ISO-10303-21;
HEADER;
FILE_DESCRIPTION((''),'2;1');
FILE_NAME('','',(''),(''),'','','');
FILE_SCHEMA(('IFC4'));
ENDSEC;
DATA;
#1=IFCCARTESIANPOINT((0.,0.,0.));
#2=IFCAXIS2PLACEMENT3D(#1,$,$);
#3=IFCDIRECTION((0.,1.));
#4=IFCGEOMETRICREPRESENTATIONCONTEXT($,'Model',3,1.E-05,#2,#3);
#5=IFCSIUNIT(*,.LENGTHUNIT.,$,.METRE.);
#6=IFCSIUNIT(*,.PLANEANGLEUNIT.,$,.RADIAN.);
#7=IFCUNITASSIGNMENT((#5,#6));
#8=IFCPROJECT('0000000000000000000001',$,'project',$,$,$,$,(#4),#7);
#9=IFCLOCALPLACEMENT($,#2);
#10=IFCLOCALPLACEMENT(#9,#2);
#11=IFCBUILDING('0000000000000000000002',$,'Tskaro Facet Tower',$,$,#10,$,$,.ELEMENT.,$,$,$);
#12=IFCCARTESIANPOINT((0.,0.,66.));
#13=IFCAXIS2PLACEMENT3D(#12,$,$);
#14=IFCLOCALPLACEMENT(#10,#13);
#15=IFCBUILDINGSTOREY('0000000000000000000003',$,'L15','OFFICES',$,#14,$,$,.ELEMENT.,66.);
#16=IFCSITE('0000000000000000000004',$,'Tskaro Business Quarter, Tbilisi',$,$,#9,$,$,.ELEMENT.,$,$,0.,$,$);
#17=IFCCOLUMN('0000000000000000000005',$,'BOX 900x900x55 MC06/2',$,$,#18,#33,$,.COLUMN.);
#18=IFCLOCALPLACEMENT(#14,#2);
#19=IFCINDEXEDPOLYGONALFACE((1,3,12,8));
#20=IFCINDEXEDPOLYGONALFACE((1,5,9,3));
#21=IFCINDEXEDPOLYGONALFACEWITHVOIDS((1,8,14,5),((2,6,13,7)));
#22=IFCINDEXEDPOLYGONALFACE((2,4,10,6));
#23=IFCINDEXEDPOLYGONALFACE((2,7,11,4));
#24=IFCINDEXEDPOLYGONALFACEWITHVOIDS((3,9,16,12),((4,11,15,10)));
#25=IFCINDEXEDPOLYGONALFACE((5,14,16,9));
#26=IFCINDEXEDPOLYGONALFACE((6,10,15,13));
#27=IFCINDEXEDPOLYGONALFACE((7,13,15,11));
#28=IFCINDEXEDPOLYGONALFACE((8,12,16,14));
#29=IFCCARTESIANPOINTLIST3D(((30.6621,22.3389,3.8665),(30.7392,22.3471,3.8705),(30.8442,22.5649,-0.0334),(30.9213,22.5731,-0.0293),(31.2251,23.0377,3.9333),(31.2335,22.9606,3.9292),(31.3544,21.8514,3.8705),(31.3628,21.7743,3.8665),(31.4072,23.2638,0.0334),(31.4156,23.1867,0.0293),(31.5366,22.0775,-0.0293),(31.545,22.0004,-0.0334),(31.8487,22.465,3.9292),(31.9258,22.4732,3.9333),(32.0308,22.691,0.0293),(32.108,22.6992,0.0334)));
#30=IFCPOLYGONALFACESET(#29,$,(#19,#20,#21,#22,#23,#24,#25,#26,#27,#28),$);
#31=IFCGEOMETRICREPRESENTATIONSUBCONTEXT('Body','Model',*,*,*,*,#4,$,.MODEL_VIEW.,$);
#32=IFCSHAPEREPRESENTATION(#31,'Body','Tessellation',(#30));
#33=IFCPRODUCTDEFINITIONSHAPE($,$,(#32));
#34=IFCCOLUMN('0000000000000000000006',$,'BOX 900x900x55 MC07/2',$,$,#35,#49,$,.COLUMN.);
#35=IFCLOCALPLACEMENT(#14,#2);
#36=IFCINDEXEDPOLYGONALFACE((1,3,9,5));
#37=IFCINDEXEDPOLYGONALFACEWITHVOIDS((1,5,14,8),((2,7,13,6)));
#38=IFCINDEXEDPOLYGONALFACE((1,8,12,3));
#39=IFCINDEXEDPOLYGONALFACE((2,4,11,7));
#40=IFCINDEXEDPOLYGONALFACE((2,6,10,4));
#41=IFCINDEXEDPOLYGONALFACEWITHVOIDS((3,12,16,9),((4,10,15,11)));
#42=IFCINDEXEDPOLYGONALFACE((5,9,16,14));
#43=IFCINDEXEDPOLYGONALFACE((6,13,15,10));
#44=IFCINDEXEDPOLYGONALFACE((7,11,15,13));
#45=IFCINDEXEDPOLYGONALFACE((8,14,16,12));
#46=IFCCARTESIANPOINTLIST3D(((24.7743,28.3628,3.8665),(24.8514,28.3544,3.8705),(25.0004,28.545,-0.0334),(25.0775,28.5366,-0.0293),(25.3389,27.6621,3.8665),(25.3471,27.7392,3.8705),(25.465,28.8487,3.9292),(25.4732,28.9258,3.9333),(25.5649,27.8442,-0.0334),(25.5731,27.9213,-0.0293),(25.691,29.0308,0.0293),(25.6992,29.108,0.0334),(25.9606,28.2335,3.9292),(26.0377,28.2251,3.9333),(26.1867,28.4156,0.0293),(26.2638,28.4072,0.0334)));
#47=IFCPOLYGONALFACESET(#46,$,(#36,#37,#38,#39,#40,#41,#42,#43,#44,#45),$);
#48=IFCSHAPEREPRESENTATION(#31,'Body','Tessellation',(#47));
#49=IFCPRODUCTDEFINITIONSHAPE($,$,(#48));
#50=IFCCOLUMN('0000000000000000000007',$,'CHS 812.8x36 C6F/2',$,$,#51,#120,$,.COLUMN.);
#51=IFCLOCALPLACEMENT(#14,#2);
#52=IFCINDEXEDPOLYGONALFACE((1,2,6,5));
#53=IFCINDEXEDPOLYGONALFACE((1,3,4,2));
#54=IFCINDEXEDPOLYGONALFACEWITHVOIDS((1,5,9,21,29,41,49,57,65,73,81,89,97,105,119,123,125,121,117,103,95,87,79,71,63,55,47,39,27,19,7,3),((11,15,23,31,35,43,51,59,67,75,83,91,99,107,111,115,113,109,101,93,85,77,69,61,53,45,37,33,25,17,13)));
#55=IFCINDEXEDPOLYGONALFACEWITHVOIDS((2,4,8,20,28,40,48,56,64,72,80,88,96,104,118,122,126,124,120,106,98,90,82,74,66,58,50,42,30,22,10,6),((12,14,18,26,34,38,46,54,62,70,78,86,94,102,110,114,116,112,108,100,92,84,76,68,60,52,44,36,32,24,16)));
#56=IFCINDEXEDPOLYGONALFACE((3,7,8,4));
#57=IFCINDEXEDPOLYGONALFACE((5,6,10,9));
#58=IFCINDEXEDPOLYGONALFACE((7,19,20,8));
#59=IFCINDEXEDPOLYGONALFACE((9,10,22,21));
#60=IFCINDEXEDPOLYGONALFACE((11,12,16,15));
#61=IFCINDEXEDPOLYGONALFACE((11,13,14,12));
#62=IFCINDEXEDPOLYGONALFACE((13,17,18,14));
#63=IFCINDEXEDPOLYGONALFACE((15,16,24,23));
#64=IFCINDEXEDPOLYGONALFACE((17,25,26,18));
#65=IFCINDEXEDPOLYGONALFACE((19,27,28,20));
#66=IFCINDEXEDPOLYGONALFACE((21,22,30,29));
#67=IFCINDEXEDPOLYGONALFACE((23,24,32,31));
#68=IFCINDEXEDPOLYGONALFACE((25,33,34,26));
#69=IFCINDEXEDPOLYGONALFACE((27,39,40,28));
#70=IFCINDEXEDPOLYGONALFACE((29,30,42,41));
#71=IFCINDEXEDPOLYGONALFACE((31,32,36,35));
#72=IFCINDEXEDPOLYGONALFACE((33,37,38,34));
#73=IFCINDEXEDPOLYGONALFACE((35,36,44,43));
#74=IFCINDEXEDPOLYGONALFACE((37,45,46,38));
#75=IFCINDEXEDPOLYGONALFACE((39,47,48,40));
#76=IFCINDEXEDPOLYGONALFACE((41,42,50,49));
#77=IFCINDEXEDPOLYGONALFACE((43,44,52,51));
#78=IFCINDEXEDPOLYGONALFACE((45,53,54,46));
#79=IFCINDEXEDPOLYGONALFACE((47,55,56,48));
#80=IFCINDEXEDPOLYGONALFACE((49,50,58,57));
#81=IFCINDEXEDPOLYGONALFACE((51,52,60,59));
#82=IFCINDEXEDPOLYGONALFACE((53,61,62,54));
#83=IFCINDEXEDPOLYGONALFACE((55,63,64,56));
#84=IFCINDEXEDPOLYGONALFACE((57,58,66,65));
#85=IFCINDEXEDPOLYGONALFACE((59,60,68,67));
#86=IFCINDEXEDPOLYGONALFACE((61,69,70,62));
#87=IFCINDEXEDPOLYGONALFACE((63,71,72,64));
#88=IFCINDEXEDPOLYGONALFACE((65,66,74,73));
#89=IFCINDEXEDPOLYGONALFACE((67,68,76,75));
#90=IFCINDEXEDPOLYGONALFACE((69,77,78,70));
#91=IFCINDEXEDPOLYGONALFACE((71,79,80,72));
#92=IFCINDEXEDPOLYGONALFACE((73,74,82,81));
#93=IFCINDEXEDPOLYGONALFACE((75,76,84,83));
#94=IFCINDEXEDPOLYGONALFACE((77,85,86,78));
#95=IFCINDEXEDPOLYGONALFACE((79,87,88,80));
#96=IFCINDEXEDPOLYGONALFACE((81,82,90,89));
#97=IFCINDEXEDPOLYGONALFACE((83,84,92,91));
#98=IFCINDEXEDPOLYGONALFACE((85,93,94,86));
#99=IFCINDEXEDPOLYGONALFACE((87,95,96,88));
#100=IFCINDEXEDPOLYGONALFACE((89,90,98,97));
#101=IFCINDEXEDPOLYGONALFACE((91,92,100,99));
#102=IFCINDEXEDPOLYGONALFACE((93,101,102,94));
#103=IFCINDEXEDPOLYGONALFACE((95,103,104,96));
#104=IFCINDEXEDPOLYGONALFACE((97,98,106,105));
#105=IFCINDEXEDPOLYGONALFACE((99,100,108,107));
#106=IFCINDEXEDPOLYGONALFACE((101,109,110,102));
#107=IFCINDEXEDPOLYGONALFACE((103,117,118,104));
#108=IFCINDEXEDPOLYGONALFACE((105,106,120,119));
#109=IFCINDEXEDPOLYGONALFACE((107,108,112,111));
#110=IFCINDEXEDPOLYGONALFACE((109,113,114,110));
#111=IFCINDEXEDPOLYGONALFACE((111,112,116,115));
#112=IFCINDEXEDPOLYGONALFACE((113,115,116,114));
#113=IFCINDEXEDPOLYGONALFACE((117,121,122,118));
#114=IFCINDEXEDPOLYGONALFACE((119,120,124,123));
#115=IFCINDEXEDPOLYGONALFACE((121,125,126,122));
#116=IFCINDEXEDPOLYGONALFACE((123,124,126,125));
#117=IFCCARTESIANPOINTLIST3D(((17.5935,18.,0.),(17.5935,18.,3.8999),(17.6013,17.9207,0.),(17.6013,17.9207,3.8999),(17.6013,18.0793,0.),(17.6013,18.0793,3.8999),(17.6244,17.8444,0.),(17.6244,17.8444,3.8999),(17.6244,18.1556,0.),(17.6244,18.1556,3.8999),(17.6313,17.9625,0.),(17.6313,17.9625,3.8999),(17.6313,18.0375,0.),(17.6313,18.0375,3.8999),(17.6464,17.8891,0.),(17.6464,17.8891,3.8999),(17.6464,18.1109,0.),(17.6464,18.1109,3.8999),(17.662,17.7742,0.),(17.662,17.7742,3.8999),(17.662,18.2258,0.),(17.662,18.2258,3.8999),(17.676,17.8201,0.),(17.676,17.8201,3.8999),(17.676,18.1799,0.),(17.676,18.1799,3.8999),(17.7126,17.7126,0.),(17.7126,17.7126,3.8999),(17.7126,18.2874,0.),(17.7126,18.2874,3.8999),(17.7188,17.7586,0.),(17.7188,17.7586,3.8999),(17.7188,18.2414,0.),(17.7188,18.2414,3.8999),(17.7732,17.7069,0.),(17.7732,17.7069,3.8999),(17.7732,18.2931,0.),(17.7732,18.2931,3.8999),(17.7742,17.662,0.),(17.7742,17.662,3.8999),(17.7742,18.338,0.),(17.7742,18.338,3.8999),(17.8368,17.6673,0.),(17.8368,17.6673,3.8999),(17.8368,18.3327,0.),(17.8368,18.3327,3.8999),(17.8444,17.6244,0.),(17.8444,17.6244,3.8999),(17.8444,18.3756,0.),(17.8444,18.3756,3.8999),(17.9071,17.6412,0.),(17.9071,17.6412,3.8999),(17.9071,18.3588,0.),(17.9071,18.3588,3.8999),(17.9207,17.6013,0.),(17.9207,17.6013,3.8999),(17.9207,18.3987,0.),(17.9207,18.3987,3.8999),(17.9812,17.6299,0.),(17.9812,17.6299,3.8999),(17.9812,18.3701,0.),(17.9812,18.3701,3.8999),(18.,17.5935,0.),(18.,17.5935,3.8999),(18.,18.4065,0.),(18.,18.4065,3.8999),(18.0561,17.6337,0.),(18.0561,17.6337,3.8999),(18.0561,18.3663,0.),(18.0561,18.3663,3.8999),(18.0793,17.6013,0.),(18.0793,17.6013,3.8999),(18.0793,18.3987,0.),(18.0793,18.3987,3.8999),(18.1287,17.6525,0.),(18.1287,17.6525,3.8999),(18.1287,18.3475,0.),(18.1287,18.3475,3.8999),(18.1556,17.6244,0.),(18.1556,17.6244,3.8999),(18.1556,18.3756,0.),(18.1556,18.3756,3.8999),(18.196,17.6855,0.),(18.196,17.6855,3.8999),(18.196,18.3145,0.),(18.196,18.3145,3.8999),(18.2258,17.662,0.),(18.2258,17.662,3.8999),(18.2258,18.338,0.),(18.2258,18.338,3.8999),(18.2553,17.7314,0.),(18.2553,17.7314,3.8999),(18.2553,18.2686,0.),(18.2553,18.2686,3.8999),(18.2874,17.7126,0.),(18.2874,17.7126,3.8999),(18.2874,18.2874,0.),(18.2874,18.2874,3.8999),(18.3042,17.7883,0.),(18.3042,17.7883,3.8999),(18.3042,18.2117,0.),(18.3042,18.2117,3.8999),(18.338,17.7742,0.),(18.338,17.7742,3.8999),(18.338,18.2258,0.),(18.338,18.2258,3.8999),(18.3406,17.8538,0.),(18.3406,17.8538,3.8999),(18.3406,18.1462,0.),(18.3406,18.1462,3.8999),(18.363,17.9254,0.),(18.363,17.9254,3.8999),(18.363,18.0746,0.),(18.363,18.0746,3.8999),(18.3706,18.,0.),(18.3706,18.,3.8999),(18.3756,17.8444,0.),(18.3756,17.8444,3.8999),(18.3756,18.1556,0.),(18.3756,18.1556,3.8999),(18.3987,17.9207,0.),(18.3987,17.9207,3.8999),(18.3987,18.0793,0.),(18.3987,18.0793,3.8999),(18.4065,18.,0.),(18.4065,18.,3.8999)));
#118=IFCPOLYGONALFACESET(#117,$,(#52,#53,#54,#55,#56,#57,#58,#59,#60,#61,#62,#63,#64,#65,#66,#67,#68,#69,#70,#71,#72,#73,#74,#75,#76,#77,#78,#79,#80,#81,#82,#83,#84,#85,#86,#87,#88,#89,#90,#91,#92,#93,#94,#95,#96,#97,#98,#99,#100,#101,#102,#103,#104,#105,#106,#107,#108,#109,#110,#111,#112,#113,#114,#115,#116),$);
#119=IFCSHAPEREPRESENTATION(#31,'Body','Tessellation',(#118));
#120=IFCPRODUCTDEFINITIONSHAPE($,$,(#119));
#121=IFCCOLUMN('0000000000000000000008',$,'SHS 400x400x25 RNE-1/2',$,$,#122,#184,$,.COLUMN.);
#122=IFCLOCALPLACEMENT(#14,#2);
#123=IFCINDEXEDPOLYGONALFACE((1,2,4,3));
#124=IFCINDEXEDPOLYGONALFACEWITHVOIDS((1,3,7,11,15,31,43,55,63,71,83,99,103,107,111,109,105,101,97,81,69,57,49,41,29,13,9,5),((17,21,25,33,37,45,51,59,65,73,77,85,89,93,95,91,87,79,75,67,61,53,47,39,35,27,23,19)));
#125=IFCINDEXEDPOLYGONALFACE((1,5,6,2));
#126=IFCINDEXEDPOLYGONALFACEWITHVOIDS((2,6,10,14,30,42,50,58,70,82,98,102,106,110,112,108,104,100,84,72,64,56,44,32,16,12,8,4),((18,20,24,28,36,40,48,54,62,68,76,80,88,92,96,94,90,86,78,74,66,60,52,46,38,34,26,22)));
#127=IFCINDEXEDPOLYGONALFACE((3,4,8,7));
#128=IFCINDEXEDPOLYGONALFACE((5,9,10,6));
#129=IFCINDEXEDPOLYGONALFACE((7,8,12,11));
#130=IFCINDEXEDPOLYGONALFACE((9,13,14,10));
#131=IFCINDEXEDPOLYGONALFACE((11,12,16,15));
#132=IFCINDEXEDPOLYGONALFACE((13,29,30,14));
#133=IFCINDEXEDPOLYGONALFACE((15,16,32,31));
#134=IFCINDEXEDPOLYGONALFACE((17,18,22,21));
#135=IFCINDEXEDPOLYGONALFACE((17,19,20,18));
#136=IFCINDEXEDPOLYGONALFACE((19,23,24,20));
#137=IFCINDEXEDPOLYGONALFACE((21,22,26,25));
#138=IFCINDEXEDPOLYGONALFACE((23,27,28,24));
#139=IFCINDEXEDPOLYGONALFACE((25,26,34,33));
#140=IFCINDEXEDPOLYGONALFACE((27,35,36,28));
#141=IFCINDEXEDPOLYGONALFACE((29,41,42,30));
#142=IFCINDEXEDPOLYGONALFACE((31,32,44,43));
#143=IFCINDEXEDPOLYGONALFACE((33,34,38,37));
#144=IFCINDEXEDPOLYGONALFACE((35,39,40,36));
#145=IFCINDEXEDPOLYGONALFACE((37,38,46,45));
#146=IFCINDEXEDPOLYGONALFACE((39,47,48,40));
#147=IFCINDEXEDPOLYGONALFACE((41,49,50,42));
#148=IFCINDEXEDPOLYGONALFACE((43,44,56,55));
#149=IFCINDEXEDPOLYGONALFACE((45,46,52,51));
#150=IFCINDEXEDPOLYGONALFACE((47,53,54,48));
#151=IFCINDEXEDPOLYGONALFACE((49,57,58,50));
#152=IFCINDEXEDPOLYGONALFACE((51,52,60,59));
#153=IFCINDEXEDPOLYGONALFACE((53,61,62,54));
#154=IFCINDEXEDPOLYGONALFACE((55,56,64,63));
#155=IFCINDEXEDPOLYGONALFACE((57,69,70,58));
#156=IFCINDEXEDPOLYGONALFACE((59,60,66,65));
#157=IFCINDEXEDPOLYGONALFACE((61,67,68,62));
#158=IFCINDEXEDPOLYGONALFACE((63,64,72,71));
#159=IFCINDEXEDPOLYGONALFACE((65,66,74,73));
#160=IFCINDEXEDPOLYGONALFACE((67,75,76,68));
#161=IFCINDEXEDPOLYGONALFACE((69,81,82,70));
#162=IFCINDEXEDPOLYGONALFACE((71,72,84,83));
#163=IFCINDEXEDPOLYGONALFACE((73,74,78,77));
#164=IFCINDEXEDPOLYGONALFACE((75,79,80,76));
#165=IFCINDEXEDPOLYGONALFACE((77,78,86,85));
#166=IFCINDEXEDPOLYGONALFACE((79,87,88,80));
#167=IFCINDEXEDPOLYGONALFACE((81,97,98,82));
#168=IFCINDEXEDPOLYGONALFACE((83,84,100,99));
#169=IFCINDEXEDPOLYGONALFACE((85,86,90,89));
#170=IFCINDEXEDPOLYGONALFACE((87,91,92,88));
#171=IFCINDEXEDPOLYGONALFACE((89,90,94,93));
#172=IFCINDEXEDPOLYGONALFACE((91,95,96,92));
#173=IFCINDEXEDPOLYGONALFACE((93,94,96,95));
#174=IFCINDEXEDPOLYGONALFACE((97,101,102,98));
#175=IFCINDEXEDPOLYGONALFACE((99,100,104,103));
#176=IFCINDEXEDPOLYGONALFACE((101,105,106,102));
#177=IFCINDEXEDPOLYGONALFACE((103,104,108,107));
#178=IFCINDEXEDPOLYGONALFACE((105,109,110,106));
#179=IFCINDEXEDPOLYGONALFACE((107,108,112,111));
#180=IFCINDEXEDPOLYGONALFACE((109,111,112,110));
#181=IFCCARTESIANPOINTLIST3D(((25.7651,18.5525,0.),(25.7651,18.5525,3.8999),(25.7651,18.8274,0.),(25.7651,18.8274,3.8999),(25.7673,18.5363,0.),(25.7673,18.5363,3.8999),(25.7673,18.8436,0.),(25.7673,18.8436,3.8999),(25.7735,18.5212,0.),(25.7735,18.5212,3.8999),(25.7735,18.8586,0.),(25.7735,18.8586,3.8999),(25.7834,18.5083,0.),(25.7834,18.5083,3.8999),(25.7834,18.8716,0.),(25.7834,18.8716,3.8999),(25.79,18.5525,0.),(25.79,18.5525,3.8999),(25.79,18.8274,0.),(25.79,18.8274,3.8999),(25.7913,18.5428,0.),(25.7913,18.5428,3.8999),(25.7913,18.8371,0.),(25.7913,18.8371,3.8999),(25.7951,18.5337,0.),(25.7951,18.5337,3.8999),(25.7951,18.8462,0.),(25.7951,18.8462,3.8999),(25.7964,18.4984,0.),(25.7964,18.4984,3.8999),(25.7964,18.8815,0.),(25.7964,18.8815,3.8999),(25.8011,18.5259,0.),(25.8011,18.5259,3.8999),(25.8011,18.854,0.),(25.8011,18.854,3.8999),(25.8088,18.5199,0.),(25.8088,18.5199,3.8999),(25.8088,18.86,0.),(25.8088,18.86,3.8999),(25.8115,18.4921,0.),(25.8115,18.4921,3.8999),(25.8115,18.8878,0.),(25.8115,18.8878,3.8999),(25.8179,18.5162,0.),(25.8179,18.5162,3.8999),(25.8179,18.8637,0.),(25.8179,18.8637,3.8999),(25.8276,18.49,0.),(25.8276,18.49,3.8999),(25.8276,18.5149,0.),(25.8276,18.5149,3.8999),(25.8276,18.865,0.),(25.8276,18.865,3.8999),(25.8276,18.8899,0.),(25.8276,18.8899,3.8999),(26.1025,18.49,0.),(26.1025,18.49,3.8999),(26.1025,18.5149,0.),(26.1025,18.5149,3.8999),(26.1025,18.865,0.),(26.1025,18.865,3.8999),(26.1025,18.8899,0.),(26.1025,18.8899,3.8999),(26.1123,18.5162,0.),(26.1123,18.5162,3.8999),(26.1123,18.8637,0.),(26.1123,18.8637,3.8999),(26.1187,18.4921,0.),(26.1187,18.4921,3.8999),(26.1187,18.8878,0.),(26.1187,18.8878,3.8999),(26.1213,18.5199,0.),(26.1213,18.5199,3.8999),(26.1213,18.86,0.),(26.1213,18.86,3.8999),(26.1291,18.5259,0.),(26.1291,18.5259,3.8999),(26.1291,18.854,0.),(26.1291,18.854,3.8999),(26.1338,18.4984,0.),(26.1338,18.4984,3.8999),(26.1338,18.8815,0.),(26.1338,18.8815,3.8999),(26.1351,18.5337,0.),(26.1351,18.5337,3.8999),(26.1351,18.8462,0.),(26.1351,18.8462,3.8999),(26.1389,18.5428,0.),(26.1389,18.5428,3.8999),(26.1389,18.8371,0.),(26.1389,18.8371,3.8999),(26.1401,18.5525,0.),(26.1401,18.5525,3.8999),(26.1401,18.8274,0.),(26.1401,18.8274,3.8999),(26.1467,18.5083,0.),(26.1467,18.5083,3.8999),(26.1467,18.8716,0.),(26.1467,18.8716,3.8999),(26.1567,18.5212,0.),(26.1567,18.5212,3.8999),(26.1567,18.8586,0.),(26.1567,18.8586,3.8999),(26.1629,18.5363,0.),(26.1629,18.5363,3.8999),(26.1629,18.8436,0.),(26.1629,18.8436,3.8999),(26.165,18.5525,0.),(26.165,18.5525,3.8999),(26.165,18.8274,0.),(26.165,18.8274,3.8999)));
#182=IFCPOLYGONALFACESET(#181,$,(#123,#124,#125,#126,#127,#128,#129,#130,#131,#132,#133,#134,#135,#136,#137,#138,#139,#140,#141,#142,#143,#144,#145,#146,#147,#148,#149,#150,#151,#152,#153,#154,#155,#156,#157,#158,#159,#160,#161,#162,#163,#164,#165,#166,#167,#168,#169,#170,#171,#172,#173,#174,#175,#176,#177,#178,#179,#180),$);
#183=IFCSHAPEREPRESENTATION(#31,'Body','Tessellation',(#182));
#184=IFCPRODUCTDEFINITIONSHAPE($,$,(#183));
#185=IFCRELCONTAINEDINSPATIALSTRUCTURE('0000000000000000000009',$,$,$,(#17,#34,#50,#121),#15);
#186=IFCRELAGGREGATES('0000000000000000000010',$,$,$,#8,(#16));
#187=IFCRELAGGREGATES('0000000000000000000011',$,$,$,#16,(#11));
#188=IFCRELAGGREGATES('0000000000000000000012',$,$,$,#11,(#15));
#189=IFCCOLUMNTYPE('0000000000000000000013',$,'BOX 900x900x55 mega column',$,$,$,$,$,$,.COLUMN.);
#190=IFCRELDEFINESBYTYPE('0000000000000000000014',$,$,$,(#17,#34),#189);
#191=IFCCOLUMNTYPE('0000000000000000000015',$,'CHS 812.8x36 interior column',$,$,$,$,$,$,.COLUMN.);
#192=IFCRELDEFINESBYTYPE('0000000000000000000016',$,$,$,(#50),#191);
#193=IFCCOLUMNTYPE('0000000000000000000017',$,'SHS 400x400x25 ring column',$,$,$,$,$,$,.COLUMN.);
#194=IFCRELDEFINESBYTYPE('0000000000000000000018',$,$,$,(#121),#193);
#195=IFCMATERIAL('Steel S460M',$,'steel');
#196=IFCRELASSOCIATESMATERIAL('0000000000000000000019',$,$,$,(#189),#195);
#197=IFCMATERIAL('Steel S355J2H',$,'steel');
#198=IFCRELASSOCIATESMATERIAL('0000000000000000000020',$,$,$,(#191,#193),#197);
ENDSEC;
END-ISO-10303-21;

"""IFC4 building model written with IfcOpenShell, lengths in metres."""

from ifc_helpers import new_model, si_unit, direction, frame, origin, origin_2d, place, context, subcontext, project, spatial, hollow_rectangle, hollow_circle, extrude, material, material_profile, profile_set, type_object, element, save


model = new_model("IFC4")

# Units and contexts
model_context = context("Model", 3, precision=1e-05, world=origin(), true_north=direction((0.0, 1.0)))
body_context = subcontext(model_context, "Body", "Model", "MODEL_VIEW")
ifc_project = project(units=[si_unit("LENGTHUNIT", "METRE"), si_unit("PLANEANGLEUNIT", "RADIAN")], contexts=[model_context])

# Site, building, storey
site_placement = place(None, origin())
site = spatial("IfcSite", under=ifc_project, at=site_placement, Name="Tskaro Business Quarter, Tbilisi", CompositionType="ELEMENT", RefElevation=0.0)
building_placement = place(site_placement, origin())
building = spatial("IfcBuilding", under=site, at=building_placement, Name="Tskaro Facet Tower", CompositionType="ELEMENT")
storey_placement = place(building_placement, frame((0.0, 0.0, 66.0)))
storey = spatial("IfcBuildingStorey", under=building, at=storey_placement, Name="L15", Description="OFFICES", CompositionType="ELEMENT", Elevation=66.0)

# Columns
ifc_material_1 = material(Name="Steel S460M", Category="steel")
ifc_material_profile_1 = material_profile(ifc_material_1, hollow_rectangle(XDim=0.8999, YDim=0.8999, WallThickness=0.0549, at=origin_2d()), Name="BOX 900x900x55")
ifc_profile_set_1 = profile_set([ifc_material_profile_1], Name="Steel S460M")
column_type_1 = type_object("IfcColumnType", Name="BOX 900x900x55 mega column", PredefinedType="COLUMN", material=ifc_profile_set_1)
for number, where, z_axis, x_axis, name in (
    (1, (31.4761, 22.6321, 0.0), (-0.046572, -0.057809, 0.997241), (0.778731, -0.627358, 0.0), "BOX 900x900x55 MC06/2"),
    (2, (25.6321, 28.4761, 0.0), (-0.057809, -0.046572, 0.997241), (0.627358, -0.778731, 0.0), "BOX 900x900x55 MC07/2"),
):
    element("IfcColumn", number, at=place(storey_placement, frame(where, z_axis=z_axis, x_axis=x_axis)), inside=storey, type_object=column_type_1, Name=name, PredefinedType="COLUMN", context=body_context, shape_type="SweptSolid", body=[
        extrude(hollow_rectangle(XDim=0.8999, YDim=0.8999, WallThickness=0.0549, at=origin_2d()), origin(), (0.0, 0.0, 1.0), 3.9106),
    ])
ifc_material_2 = material(Name="Steel S355J2H", Category="steel")
ifc_material_profile_2 = material_profile(ifc_material_2, hollow_circle(Radius=0.4065, WallThickness=0.0359, at=origin_2d()), Name="CHS 812.8x36")
ifc_profile_set_2 = profile_set([ifc_material_profile_2], Name="Steel S355J2H")
column_type_2 = type_object("IfcColumnType", Name="CHS 812.8x36 interior column", PredefinedType="COLUMN", material=ifc_profile_set_2)
column_placement = place(storey_placement, frame((18.0, 18.0, 0.0), z_axis=(0.0, 0.0, 1.0), x_axis=(1.0, 0.0, 0.0)))
element("IfcColumn", 3, at=column_placement, inside=storey, type_object=column_type_2, Name="CHS 812.8x36 C6F/2", PredefinedType="COLUMN", context=body_context, shape_type="SweptSolid", body=[
    extrude(hollow_circle(Radius=0.4065, WallThickness=0.0359, at=origin_2d()), origin(), (0.0, 0.0, 1.0), 3.8999),
])
ifc_material_profile_3 = material_profile(ifc_material_2, hollow_rectangle(XDim=0.3999, YDim=0.3999, WallThickness=0.0249, InnerFilletRadius=0.0376, OuterFilletRadius=0.0625, at=origin_2d()), Name="SHS 400x400x25")
ifc_profile_set_3 = profile_set([ifc_material_profile_3], Name="Steel S355J2H")
column_type_3 = type_object("IfcColumnType", Name="SHS 400x400x25 ring column", PredefinedType="COLUMN", material=ifc_profile_set_3)
for number, where, z_axis, x_axis, name in (
    (4, (25.9651, 18.6899, 0.0), (0.0, 0.0, 1.0), (1.0, 0.0, 0.0), "SHS 400x400x25 RNE-1/2"),
):
    element("IfcColumn", number, at=place(storey_placement, frame(where, z_axis=z_axis, x_axis=x_axis)), inside=storey, type_object=column_type_3, Name=name, PredefinedType="COLUMN", context=body_context, shape_type="SweptSolid", body=[
        extrude(hollow_rectangle(XDim=0.3999, YDim=0.3999, WallThickness=0.0249, InnerFilletRadius=0.0376, OuterFilletRadius=0.0625, at=origin_2d()), origin(), (0.0, 0.0, 1.0), 3.8999),
    ])

save(model, "model.ifc")
